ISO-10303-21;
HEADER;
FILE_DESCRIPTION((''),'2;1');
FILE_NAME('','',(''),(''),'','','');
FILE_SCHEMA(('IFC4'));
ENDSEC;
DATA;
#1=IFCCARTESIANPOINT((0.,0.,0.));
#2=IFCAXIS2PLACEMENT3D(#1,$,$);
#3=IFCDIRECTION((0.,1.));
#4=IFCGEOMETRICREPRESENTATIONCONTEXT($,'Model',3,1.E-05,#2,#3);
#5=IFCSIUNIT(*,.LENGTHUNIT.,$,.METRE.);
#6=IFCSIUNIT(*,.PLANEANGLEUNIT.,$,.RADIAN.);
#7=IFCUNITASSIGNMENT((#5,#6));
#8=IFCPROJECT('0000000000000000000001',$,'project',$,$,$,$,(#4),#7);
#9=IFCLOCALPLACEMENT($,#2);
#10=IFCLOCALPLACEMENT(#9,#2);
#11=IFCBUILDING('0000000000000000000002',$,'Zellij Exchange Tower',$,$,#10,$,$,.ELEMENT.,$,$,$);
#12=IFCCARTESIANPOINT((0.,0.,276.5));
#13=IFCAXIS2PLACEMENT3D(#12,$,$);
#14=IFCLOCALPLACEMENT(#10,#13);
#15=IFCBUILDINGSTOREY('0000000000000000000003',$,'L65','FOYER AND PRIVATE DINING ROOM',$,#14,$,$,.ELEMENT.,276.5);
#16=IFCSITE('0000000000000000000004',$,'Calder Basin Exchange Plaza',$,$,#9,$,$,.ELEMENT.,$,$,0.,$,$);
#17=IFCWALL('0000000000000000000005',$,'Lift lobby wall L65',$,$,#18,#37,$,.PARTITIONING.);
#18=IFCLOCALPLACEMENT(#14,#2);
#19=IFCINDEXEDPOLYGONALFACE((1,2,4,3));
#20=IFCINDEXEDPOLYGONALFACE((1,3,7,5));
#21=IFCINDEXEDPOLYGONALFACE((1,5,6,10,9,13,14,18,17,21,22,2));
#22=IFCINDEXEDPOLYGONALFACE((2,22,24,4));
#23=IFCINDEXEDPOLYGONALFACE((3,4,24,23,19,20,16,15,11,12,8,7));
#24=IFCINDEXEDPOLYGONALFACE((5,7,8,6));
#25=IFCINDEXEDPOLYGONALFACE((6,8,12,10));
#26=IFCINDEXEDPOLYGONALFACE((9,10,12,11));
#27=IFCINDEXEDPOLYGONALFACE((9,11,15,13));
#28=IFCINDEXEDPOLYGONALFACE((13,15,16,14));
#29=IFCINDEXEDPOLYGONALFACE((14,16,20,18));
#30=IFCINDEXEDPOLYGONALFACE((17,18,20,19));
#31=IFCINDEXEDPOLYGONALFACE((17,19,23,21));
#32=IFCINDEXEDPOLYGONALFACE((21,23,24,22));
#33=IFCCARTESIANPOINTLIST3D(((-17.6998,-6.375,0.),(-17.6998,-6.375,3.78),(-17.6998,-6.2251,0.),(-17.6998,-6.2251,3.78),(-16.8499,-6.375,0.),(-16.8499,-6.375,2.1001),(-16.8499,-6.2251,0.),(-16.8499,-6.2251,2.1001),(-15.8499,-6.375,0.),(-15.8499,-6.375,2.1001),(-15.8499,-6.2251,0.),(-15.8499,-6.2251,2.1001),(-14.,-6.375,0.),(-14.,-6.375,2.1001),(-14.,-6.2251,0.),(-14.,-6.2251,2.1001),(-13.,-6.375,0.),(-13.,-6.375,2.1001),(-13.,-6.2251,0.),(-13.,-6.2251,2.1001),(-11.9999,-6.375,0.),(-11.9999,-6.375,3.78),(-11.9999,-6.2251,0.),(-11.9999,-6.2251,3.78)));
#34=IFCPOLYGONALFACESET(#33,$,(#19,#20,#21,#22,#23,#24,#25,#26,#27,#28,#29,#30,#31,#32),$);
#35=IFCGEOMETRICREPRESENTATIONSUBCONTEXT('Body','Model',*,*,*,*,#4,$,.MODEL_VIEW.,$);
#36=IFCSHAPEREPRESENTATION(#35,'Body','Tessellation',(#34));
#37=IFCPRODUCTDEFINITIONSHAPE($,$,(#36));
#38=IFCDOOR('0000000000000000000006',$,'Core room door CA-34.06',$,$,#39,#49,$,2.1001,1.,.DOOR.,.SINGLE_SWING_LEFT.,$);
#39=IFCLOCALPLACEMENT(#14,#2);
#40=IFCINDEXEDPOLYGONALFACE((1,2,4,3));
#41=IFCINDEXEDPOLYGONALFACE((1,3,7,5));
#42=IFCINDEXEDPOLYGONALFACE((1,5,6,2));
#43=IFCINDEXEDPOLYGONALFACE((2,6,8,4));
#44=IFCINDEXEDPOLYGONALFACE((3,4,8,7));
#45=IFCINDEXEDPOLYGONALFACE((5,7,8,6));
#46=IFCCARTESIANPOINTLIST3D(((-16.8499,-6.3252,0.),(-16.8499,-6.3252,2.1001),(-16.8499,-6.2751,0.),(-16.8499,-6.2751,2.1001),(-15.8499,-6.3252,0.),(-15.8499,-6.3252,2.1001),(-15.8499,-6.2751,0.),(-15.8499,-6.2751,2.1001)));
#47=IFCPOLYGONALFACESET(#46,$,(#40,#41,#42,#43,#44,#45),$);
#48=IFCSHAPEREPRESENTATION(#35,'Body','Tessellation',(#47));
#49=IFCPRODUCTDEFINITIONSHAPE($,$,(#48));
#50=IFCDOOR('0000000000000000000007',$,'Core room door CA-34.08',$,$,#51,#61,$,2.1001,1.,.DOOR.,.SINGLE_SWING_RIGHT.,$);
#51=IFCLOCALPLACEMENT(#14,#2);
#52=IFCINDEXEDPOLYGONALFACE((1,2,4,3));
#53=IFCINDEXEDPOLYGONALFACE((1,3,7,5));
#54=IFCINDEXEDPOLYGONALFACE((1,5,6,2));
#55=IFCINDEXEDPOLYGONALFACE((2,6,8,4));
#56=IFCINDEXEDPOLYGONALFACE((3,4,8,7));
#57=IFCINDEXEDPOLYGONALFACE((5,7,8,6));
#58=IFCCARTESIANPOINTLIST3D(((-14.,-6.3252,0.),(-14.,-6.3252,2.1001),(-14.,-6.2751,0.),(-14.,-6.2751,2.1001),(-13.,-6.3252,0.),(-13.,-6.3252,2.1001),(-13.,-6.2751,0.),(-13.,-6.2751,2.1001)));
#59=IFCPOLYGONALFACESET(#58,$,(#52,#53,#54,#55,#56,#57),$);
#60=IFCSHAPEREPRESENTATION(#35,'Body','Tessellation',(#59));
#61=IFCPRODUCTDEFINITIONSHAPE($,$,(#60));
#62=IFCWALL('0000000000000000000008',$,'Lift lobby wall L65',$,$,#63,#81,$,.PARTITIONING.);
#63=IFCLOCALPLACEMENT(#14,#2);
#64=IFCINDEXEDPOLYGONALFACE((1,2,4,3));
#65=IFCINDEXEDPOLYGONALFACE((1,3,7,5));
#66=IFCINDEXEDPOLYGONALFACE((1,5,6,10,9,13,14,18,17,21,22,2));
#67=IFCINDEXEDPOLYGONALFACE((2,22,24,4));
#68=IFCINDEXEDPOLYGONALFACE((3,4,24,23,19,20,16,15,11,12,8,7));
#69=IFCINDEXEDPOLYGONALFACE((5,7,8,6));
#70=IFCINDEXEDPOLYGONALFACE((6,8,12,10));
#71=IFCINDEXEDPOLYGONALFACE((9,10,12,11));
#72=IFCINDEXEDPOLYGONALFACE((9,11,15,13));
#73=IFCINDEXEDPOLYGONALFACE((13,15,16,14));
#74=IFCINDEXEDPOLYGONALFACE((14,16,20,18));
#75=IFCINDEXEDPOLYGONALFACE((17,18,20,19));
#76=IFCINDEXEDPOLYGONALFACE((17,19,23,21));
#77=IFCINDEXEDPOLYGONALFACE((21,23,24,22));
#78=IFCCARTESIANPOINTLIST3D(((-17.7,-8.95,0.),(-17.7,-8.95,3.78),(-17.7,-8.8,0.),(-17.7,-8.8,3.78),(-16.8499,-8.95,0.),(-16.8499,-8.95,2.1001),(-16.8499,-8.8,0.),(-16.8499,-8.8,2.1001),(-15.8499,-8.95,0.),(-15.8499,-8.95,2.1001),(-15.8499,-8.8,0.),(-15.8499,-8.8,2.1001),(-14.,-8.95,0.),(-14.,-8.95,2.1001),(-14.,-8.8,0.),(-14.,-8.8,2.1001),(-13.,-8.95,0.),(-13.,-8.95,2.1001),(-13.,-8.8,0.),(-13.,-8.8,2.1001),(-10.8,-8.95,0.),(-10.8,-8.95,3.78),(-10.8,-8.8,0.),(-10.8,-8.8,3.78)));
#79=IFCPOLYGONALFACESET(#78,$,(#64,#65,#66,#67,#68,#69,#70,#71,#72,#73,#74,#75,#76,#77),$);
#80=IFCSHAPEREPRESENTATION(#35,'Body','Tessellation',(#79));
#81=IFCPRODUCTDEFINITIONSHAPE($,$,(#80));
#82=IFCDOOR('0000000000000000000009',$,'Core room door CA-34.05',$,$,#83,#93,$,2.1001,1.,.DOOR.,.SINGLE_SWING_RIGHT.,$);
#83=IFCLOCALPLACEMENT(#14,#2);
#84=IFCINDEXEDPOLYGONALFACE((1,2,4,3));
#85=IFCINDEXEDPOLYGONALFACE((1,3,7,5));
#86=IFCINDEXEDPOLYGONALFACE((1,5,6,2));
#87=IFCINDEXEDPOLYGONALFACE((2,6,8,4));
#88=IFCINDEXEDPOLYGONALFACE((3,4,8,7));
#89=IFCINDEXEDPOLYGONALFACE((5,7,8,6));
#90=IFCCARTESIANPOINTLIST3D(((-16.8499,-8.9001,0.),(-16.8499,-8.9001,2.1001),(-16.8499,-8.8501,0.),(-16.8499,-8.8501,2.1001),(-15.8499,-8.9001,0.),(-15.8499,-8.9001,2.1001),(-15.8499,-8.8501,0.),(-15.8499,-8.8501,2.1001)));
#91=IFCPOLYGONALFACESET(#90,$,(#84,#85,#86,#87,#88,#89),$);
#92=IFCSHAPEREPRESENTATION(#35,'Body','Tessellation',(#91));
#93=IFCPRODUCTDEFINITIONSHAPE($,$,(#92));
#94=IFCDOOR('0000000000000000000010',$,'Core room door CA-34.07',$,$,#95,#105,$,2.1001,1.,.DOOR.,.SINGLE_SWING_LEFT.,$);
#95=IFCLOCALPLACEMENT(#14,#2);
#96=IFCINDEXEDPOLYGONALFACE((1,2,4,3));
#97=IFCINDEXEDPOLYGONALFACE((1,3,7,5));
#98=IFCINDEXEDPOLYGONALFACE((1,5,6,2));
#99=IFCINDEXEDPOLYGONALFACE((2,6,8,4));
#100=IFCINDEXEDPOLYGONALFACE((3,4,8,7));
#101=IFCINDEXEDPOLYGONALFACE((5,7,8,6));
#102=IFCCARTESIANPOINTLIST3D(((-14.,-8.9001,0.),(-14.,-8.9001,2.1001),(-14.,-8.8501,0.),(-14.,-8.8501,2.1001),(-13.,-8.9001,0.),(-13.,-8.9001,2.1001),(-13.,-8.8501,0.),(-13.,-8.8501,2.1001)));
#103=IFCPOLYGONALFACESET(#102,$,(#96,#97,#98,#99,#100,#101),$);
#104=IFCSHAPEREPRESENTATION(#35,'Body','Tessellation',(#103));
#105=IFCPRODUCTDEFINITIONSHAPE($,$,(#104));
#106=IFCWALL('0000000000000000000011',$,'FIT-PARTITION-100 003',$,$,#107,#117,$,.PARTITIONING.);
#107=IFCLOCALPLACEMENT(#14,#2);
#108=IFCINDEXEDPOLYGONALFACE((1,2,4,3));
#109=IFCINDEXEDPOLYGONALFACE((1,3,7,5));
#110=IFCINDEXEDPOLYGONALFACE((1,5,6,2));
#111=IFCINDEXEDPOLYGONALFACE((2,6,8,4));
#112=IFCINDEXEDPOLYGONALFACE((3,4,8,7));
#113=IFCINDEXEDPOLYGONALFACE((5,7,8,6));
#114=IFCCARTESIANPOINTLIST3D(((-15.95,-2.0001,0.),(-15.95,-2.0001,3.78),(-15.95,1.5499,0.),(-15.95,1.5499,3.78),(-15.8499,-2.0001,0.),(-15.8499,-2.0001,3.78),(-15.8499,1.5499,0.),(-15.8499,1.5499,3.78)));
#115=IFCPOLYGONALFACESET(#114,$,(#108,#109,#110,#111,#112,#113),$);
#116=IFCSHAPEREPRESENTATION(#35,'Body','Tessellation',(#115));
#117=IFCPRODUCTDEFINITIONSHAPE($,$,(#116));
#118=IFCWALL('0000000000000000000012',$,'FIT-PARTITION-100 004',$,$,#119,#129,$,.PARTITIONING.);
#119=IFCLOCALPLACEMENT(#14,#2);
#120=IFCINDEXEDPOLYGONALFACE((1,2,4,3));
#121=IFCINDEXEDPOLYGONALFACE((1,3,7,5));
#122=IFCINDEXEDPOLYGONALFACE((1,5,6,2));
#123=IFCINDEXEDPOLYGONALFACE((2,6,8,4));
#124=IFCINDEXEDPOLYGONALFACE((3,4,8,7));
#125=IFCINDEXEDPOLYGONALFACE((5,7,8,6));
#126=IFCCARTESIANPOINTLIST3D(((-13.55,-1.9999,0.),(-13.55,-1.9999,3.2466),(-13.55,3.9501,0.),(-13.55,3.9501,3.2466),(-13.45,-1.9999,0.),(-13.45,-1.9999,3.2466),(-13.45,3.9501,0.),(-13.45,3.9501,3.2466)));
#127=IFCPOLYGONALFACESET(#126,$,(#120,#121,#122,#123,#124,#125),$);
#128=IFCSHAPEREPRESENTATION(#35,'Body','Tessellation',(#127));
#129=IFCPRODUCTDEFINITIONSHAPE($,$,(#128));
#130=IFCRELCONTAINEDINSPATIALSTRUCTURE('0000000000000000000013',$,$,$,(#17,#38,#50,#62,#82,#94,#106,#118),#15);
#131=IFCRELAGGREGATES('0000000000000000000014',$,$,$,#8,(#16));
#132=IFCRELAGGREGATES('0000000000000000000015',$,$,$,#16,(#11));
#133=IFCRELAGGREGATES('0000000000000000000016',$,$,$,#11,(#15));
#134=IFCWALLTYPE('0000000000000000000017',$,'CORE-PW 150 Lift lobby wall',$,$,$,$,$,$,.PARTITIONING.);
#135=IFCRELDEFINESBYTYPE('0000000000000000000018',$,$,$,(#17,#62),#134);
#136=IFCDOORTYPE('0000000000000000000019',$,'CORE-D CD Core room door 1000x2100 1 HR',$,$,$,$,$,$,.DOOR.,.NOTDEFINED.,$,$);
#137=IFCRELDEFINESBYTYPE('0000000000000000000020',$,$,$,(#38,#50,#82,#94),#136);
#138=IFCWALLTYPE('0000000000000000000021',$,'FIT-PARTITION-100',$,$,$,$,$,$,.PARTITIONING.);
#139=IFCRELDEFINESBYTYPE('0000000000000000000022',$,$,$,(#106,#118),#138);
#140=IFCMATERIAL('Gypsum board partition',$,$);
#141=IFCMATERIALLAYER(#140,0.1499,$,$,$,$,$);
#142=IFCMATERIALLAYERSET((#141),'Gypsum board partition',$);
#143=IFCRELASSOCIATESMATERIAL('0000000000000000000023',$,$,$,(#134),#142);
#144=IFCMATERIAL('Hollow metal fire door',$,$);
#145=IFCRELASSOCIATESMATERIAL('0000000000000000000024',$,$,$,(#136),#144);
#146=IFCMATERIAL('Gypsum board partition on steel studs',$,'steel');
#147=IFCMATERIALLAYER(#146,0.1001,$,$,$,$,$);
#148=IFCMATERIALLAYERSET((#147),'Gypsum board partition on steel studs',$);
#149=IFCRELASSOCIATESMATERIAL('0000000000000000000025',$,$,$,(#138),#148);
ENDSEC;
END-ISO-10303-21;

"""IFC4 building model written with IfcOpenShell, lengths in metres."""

from ifc_helpers import new_model, si_unit, direction, frame, frame_2d, origin, place, context, subcontext, project, spatial, rectangle, extrude, material, layer, layer_set, type_object, element, fill, save


model = new_model("IFC4")

# Units and contexts
model_context = context("Model", 3, precision=1e-05, world=origin(), true_north=direction((0.0, 1.0)))
body_context = subcontext(model_context, "Body", "Model", "MODEL_VIEW")
ifc_project = project(units=[si_unit("LENGTHUNIT", "METRE"), si_unit("PLANEANGLEUNIT", "RADIAN")], contexts=[model_context])

# Site, building, storey
site_placement = place(None, origin())
site = spatial("IfcSite", under=ifc_project, at=site_placement, Name="Calder Basin Exchange Plaza", CompositionType="ELEMENT", RefElevation=0.0)
building_placement = place(site_placement, origin())
building = spatial("IfcBuilding", under=site, at=building_placement, Name="Zellij Exchange Tower", CompositionType="ELEMENT")
storey_placement = place(building_placement, frame((0.0, 0.0, 276.5)))
storey = spatial("IfcBuildingStorey", under=building, at=storey_placement, Name="L65", Description="FOYER AND PRIVATE DINING ROOM", CompositionType="ELEMENT", Elevation=276.5)

# Shared definitions
ifc_material_1 = material(Name="Gypsum board partition")
ifc_layer_1 = layer(ifc_material_1, 0.1499)
ifc_layer_set_1 = layer_set([ifc_layer_1], Name="Gypsum board partition")
wall_type_1 = type_object("IfcWallType", Name="CORE-PW 150 Lift lobby wall", PredefinedType="PARTITIONING", material=ifc_layer_set_1)

# Shared definitions
ifc_material_2 = material(Name="Hollow metal fire door")

# Walls, openings, doors
wall_1_placement = place(storey_placement, frame((-17.7, -6.3, 0.0), z_axis=(0.0, 0.0, 1.0), x_axis=(1.0, 0.0, 0.0)))
wall_1 = element("IfcWall", 1, at=wall_1_placement, inside=storey, type_object=wall_type_1, Name="Lift lobby wall L65", PredefinedType="PARTITIONING", context=body_context, shape_type="SweptSolid", body=[
    extrude(rectangle(XDim=5.7, YDim=0.1499, at=frame_2d((2.8501, 0.0))), origin(), (0.0, 0.0, 1.0), 3.78),
])
opening_1_placement = place(wall_1_placement, frame((0.8501, 0.0, 0.0)))
opening_1 = element("IfcOpeningElement", 2, at=opening_1_placement, cuts=wall_1, PredefinedType="OPENING", context=body_context, shape_type="SweptSolid", body=[
    extrude(rectangle(XDim=1.0, YDim=2.1001, at=frame_2d((0.5, 1.05))), frame((0.0, 0.0869, 0.0), z_axis=(0.0, -1.0, 0.0), x_axis=(1.0, 0.0, 0.0)), (0.0, 0.0, 1.0), 0.1738),
])
opening_2_placement = place(wall_1_placement, frame((3.7, 0.0, 0.0)))
opening_2 = element("IfcOpeningElement", 3, at=opening_2_placement, cuts=wall_1, PredefinedType="OPENING", context=body_context, shape_type="SweptSolid", body=[
    extrude(rectangle(XDim=1.0, YDim=2.1001, at=frame_2d((0.5, 1.05))), frame((0.0, 0.0869, 0.0), z_axis=(0.0, -1.0, 0.0), x_axis=(1.0, 0.0, 0.0)), (0.0, 0.0, 1.0), 0.1738),
])
door_type_1 = type_object("IfcDoorType", Name="CORE-D CD Core room door 1000x2100 1 HR", OperationType="NOTDEFINED", PredefinedType="DOOR", material=ifc_material_2)
door_1_placement = place(opening_1_placement, origin())
door_1 = element("IfcDoor", 4, at=door_1_placement, inside=storey, type_object=door_type_1, Name="Core room door CA-34.06", OperationType="SINGLE_SWING_LEFT", OverallHeight=2.1001, OverallWidth=1.0, PredefinedType="DOOR", context=body_context, shape_type="SweptSolid", body=[
    extrude(rectangle(XDim=1.0, YDim=2.1001, at=frame_2d((0.5, 1.05))), frame((0.0, 0.0249, 0.0), z_axis=(0.0, -1.0, 0.0), x_axis=(1.0, 0.0, 0.0)), (0.0, 0.0, 1.0), 0.05),
])
fill(opening_1, door_1)
door_2_placement = place(opening_2_placement, origin())
door_2 = element("IfcDoor", 5, at=door_2_placement, inside=storey, type_object=door_type_1, Name="Core room door CA-34.08", OperationType="SINGLE_SWING_RIGHT", OverallHeight=2.1001, OverallWidth=1.0, PredefinedType="DOOR", context=body_context, shape_type="SweptSolid", body=[
    extrude(rectangle(XDim=1.0, YDim=2.1001, at=frame_2d((0.5, 1.05))), frame((0.0, 0.0249, 0.0), z_axis=(0.0, -1.0, 0.0), x_axis=(1.0, 0.0, 0.0)), (0.0, 0.0, 1.0), 0.05),
])
fill(opening_2, door_2)
wall_2_placement = place(storey_placement, frame((-17.7, -8.875, 0.0), z_axis=(0.0, 0.0, 1.0), x_axis=(1.0, 0.0, 0.0)))
wall_2 = element("IfcWall", 6, at=wall_2_placement, inside=storey, type_object=wall_type_1, Name="Lift lobby wall L65", PredefinedType="PARTITIONING", context=body_context, shape_type="SweptSolid", body=[
    extrude(rectangle(XDim=6.8999, YDim=0.1499, at=frame_2d((3.45, 0.0))), origin(), (0.0, 0.0, 1.0), 3.78),
])
opening_3_placement = place(wall_2_placement, frame((0.8501, 0.0, 0.0)))
opening_3 = element("IfcOpeningElement", 7, at=opening_3_placement, cuts=wall_2, PredefinedType="OPENING", context=body_context, shape_type="SweptSolid", body=[
    extrude(rectangle(XDim=1.0, YDim=2.1001, at=frame_2d((0.5, 1.05))), frame((0.0, 0.0869, 0.0), z_axis=(0.0, -1.0, 0.0), x_axis=(1.0, 0.0, 0.0)), (0.0, 0.0, 1.0), 0.1738),
])
opening_4_placement = place(wall_2_placement, frame((3.7, 0.0, 0.0)))
opening_4 = element("IfcOpeningElement", 8, at=opening_4_placement, cuts=wall_2, PredefinedType="OPENING", context=body_context, shape_type="SweptSolid", body=[
    extrude(rectangle(XDim=1.0, YDim=2.1001, at=frame_2d((0.5, 1.05))), frame((0.0, 0.0869, 0.0), z_axis=(0.0, -1.0, 0.0), x_axis=(1.0, 0.0, 0.0)), (0.0, 0.0, 1.0), 0.1738),
])
door_3_placement = place(opening_3_placement, origin())
door_3 = element("IfcDoor", 9, at=door_3_placement, inside=storey, type_object=door_type_1, Name="Core room door CA-34.05", OperationType="SINGLE_SWING_RIGHT", OverallHeight=2.1001, OverallWidth=1.0, PredefinedType="DOOR", context=body_context, shape_type="SweptSolid", body=[
    extrude(rectangle(XDim=1.0, YDim=2.1001, at=frame_2d((0.5, 1.05))), frame((0.0, 0.0249, 0.0), z_axis=(0.0, -1.0, 0.0), x_axis=(1.0, 0.0, 0.0)), (0.0, 0.0, 1.0), 0.05),
])
fill(opening_3, door_3)
door_4_placement = place(opening_4_placement, origin())
door_4 = element("IfcDoor", 10, at=door_4_placement, inside=storey, type_object=door_type_1, Name="Core room door CA-34.07", OperationType="SINGLE_SWING_LEFT", OverallHeight=2.1001, OverallWidth=1.0, PredefinedType="DOOR", context=body_context, shape_type="SweptSolid", body=[
    extrude(rectangle(XDim=1.0, YDim=2.1001, at=frame_2d((0.5, 1.05))), frame((0.0, 0.0249, 0.0), z_axis=(0.0, -1.0, 0.0), x_axis=(1.0, 0.0, 0.0)), (0.0, 0.0, 1.0), 0.05),
])
fill(opening_4, door_4)

# Walls
ifc_material_3 = material(Name="Gypsum board partition on steel studs", Category="steel")
ifc_layer_2 = layer(ifc_material_3, 0.1001)
ifc_layer_set_2 = layer_set([ifc_layer_2], Name="Gypsum board partition on steel studs")
wall_type_2 = type_object("IfcWallType", Name="FIT-PARTITION-100", PredefinedType="PARTITIONING", material=ifc_layer_set_2)
wall_3_placement = place(storey_placement, frame((-15.8999, -2.0, 0.0), z_axis=(0.0, 0.0, 1.0), x_axis=(0.0, 1.0, 0.0)))
element("IfcWall", 11, at=wall_3_placement, inside=storey, type_object=wall_type_2, Name="FIT-PARTITION-100 003", PredefinedType="PARTITIONING", context=body_context, shape_type="SweptSolid", body=[
    extrude(rectangle(XDim=3.55, YDim=0.1001, at=frame_2d((1.7749, 0.0))), origin(), (0.0, 0.0, 1.0), 3.78),
])
wall_4_placement = place(storey_placement, frame((-13.5, -2.0, 0.0), z_axis=(0.0, 0.0, 1.0), x_axis=(0.0, 1.0, 0.0)))
element("IfcWall", 12, at=wall_4_placement, inside=storey, type_object=wall_type_2, Name="FIT-PARTITION-100 004", PredefinedType="PARTITIONING", context=body_context, shape_type="SweptSolid", body=[
    extrude(rectangle(XDim=5.95, YDim=0.1001, at=frame_2d((2.9751, 0.0))), origin(), (0.0, 0.0, 1.0), 3.2466),
])

save(model, "model.ifc")
